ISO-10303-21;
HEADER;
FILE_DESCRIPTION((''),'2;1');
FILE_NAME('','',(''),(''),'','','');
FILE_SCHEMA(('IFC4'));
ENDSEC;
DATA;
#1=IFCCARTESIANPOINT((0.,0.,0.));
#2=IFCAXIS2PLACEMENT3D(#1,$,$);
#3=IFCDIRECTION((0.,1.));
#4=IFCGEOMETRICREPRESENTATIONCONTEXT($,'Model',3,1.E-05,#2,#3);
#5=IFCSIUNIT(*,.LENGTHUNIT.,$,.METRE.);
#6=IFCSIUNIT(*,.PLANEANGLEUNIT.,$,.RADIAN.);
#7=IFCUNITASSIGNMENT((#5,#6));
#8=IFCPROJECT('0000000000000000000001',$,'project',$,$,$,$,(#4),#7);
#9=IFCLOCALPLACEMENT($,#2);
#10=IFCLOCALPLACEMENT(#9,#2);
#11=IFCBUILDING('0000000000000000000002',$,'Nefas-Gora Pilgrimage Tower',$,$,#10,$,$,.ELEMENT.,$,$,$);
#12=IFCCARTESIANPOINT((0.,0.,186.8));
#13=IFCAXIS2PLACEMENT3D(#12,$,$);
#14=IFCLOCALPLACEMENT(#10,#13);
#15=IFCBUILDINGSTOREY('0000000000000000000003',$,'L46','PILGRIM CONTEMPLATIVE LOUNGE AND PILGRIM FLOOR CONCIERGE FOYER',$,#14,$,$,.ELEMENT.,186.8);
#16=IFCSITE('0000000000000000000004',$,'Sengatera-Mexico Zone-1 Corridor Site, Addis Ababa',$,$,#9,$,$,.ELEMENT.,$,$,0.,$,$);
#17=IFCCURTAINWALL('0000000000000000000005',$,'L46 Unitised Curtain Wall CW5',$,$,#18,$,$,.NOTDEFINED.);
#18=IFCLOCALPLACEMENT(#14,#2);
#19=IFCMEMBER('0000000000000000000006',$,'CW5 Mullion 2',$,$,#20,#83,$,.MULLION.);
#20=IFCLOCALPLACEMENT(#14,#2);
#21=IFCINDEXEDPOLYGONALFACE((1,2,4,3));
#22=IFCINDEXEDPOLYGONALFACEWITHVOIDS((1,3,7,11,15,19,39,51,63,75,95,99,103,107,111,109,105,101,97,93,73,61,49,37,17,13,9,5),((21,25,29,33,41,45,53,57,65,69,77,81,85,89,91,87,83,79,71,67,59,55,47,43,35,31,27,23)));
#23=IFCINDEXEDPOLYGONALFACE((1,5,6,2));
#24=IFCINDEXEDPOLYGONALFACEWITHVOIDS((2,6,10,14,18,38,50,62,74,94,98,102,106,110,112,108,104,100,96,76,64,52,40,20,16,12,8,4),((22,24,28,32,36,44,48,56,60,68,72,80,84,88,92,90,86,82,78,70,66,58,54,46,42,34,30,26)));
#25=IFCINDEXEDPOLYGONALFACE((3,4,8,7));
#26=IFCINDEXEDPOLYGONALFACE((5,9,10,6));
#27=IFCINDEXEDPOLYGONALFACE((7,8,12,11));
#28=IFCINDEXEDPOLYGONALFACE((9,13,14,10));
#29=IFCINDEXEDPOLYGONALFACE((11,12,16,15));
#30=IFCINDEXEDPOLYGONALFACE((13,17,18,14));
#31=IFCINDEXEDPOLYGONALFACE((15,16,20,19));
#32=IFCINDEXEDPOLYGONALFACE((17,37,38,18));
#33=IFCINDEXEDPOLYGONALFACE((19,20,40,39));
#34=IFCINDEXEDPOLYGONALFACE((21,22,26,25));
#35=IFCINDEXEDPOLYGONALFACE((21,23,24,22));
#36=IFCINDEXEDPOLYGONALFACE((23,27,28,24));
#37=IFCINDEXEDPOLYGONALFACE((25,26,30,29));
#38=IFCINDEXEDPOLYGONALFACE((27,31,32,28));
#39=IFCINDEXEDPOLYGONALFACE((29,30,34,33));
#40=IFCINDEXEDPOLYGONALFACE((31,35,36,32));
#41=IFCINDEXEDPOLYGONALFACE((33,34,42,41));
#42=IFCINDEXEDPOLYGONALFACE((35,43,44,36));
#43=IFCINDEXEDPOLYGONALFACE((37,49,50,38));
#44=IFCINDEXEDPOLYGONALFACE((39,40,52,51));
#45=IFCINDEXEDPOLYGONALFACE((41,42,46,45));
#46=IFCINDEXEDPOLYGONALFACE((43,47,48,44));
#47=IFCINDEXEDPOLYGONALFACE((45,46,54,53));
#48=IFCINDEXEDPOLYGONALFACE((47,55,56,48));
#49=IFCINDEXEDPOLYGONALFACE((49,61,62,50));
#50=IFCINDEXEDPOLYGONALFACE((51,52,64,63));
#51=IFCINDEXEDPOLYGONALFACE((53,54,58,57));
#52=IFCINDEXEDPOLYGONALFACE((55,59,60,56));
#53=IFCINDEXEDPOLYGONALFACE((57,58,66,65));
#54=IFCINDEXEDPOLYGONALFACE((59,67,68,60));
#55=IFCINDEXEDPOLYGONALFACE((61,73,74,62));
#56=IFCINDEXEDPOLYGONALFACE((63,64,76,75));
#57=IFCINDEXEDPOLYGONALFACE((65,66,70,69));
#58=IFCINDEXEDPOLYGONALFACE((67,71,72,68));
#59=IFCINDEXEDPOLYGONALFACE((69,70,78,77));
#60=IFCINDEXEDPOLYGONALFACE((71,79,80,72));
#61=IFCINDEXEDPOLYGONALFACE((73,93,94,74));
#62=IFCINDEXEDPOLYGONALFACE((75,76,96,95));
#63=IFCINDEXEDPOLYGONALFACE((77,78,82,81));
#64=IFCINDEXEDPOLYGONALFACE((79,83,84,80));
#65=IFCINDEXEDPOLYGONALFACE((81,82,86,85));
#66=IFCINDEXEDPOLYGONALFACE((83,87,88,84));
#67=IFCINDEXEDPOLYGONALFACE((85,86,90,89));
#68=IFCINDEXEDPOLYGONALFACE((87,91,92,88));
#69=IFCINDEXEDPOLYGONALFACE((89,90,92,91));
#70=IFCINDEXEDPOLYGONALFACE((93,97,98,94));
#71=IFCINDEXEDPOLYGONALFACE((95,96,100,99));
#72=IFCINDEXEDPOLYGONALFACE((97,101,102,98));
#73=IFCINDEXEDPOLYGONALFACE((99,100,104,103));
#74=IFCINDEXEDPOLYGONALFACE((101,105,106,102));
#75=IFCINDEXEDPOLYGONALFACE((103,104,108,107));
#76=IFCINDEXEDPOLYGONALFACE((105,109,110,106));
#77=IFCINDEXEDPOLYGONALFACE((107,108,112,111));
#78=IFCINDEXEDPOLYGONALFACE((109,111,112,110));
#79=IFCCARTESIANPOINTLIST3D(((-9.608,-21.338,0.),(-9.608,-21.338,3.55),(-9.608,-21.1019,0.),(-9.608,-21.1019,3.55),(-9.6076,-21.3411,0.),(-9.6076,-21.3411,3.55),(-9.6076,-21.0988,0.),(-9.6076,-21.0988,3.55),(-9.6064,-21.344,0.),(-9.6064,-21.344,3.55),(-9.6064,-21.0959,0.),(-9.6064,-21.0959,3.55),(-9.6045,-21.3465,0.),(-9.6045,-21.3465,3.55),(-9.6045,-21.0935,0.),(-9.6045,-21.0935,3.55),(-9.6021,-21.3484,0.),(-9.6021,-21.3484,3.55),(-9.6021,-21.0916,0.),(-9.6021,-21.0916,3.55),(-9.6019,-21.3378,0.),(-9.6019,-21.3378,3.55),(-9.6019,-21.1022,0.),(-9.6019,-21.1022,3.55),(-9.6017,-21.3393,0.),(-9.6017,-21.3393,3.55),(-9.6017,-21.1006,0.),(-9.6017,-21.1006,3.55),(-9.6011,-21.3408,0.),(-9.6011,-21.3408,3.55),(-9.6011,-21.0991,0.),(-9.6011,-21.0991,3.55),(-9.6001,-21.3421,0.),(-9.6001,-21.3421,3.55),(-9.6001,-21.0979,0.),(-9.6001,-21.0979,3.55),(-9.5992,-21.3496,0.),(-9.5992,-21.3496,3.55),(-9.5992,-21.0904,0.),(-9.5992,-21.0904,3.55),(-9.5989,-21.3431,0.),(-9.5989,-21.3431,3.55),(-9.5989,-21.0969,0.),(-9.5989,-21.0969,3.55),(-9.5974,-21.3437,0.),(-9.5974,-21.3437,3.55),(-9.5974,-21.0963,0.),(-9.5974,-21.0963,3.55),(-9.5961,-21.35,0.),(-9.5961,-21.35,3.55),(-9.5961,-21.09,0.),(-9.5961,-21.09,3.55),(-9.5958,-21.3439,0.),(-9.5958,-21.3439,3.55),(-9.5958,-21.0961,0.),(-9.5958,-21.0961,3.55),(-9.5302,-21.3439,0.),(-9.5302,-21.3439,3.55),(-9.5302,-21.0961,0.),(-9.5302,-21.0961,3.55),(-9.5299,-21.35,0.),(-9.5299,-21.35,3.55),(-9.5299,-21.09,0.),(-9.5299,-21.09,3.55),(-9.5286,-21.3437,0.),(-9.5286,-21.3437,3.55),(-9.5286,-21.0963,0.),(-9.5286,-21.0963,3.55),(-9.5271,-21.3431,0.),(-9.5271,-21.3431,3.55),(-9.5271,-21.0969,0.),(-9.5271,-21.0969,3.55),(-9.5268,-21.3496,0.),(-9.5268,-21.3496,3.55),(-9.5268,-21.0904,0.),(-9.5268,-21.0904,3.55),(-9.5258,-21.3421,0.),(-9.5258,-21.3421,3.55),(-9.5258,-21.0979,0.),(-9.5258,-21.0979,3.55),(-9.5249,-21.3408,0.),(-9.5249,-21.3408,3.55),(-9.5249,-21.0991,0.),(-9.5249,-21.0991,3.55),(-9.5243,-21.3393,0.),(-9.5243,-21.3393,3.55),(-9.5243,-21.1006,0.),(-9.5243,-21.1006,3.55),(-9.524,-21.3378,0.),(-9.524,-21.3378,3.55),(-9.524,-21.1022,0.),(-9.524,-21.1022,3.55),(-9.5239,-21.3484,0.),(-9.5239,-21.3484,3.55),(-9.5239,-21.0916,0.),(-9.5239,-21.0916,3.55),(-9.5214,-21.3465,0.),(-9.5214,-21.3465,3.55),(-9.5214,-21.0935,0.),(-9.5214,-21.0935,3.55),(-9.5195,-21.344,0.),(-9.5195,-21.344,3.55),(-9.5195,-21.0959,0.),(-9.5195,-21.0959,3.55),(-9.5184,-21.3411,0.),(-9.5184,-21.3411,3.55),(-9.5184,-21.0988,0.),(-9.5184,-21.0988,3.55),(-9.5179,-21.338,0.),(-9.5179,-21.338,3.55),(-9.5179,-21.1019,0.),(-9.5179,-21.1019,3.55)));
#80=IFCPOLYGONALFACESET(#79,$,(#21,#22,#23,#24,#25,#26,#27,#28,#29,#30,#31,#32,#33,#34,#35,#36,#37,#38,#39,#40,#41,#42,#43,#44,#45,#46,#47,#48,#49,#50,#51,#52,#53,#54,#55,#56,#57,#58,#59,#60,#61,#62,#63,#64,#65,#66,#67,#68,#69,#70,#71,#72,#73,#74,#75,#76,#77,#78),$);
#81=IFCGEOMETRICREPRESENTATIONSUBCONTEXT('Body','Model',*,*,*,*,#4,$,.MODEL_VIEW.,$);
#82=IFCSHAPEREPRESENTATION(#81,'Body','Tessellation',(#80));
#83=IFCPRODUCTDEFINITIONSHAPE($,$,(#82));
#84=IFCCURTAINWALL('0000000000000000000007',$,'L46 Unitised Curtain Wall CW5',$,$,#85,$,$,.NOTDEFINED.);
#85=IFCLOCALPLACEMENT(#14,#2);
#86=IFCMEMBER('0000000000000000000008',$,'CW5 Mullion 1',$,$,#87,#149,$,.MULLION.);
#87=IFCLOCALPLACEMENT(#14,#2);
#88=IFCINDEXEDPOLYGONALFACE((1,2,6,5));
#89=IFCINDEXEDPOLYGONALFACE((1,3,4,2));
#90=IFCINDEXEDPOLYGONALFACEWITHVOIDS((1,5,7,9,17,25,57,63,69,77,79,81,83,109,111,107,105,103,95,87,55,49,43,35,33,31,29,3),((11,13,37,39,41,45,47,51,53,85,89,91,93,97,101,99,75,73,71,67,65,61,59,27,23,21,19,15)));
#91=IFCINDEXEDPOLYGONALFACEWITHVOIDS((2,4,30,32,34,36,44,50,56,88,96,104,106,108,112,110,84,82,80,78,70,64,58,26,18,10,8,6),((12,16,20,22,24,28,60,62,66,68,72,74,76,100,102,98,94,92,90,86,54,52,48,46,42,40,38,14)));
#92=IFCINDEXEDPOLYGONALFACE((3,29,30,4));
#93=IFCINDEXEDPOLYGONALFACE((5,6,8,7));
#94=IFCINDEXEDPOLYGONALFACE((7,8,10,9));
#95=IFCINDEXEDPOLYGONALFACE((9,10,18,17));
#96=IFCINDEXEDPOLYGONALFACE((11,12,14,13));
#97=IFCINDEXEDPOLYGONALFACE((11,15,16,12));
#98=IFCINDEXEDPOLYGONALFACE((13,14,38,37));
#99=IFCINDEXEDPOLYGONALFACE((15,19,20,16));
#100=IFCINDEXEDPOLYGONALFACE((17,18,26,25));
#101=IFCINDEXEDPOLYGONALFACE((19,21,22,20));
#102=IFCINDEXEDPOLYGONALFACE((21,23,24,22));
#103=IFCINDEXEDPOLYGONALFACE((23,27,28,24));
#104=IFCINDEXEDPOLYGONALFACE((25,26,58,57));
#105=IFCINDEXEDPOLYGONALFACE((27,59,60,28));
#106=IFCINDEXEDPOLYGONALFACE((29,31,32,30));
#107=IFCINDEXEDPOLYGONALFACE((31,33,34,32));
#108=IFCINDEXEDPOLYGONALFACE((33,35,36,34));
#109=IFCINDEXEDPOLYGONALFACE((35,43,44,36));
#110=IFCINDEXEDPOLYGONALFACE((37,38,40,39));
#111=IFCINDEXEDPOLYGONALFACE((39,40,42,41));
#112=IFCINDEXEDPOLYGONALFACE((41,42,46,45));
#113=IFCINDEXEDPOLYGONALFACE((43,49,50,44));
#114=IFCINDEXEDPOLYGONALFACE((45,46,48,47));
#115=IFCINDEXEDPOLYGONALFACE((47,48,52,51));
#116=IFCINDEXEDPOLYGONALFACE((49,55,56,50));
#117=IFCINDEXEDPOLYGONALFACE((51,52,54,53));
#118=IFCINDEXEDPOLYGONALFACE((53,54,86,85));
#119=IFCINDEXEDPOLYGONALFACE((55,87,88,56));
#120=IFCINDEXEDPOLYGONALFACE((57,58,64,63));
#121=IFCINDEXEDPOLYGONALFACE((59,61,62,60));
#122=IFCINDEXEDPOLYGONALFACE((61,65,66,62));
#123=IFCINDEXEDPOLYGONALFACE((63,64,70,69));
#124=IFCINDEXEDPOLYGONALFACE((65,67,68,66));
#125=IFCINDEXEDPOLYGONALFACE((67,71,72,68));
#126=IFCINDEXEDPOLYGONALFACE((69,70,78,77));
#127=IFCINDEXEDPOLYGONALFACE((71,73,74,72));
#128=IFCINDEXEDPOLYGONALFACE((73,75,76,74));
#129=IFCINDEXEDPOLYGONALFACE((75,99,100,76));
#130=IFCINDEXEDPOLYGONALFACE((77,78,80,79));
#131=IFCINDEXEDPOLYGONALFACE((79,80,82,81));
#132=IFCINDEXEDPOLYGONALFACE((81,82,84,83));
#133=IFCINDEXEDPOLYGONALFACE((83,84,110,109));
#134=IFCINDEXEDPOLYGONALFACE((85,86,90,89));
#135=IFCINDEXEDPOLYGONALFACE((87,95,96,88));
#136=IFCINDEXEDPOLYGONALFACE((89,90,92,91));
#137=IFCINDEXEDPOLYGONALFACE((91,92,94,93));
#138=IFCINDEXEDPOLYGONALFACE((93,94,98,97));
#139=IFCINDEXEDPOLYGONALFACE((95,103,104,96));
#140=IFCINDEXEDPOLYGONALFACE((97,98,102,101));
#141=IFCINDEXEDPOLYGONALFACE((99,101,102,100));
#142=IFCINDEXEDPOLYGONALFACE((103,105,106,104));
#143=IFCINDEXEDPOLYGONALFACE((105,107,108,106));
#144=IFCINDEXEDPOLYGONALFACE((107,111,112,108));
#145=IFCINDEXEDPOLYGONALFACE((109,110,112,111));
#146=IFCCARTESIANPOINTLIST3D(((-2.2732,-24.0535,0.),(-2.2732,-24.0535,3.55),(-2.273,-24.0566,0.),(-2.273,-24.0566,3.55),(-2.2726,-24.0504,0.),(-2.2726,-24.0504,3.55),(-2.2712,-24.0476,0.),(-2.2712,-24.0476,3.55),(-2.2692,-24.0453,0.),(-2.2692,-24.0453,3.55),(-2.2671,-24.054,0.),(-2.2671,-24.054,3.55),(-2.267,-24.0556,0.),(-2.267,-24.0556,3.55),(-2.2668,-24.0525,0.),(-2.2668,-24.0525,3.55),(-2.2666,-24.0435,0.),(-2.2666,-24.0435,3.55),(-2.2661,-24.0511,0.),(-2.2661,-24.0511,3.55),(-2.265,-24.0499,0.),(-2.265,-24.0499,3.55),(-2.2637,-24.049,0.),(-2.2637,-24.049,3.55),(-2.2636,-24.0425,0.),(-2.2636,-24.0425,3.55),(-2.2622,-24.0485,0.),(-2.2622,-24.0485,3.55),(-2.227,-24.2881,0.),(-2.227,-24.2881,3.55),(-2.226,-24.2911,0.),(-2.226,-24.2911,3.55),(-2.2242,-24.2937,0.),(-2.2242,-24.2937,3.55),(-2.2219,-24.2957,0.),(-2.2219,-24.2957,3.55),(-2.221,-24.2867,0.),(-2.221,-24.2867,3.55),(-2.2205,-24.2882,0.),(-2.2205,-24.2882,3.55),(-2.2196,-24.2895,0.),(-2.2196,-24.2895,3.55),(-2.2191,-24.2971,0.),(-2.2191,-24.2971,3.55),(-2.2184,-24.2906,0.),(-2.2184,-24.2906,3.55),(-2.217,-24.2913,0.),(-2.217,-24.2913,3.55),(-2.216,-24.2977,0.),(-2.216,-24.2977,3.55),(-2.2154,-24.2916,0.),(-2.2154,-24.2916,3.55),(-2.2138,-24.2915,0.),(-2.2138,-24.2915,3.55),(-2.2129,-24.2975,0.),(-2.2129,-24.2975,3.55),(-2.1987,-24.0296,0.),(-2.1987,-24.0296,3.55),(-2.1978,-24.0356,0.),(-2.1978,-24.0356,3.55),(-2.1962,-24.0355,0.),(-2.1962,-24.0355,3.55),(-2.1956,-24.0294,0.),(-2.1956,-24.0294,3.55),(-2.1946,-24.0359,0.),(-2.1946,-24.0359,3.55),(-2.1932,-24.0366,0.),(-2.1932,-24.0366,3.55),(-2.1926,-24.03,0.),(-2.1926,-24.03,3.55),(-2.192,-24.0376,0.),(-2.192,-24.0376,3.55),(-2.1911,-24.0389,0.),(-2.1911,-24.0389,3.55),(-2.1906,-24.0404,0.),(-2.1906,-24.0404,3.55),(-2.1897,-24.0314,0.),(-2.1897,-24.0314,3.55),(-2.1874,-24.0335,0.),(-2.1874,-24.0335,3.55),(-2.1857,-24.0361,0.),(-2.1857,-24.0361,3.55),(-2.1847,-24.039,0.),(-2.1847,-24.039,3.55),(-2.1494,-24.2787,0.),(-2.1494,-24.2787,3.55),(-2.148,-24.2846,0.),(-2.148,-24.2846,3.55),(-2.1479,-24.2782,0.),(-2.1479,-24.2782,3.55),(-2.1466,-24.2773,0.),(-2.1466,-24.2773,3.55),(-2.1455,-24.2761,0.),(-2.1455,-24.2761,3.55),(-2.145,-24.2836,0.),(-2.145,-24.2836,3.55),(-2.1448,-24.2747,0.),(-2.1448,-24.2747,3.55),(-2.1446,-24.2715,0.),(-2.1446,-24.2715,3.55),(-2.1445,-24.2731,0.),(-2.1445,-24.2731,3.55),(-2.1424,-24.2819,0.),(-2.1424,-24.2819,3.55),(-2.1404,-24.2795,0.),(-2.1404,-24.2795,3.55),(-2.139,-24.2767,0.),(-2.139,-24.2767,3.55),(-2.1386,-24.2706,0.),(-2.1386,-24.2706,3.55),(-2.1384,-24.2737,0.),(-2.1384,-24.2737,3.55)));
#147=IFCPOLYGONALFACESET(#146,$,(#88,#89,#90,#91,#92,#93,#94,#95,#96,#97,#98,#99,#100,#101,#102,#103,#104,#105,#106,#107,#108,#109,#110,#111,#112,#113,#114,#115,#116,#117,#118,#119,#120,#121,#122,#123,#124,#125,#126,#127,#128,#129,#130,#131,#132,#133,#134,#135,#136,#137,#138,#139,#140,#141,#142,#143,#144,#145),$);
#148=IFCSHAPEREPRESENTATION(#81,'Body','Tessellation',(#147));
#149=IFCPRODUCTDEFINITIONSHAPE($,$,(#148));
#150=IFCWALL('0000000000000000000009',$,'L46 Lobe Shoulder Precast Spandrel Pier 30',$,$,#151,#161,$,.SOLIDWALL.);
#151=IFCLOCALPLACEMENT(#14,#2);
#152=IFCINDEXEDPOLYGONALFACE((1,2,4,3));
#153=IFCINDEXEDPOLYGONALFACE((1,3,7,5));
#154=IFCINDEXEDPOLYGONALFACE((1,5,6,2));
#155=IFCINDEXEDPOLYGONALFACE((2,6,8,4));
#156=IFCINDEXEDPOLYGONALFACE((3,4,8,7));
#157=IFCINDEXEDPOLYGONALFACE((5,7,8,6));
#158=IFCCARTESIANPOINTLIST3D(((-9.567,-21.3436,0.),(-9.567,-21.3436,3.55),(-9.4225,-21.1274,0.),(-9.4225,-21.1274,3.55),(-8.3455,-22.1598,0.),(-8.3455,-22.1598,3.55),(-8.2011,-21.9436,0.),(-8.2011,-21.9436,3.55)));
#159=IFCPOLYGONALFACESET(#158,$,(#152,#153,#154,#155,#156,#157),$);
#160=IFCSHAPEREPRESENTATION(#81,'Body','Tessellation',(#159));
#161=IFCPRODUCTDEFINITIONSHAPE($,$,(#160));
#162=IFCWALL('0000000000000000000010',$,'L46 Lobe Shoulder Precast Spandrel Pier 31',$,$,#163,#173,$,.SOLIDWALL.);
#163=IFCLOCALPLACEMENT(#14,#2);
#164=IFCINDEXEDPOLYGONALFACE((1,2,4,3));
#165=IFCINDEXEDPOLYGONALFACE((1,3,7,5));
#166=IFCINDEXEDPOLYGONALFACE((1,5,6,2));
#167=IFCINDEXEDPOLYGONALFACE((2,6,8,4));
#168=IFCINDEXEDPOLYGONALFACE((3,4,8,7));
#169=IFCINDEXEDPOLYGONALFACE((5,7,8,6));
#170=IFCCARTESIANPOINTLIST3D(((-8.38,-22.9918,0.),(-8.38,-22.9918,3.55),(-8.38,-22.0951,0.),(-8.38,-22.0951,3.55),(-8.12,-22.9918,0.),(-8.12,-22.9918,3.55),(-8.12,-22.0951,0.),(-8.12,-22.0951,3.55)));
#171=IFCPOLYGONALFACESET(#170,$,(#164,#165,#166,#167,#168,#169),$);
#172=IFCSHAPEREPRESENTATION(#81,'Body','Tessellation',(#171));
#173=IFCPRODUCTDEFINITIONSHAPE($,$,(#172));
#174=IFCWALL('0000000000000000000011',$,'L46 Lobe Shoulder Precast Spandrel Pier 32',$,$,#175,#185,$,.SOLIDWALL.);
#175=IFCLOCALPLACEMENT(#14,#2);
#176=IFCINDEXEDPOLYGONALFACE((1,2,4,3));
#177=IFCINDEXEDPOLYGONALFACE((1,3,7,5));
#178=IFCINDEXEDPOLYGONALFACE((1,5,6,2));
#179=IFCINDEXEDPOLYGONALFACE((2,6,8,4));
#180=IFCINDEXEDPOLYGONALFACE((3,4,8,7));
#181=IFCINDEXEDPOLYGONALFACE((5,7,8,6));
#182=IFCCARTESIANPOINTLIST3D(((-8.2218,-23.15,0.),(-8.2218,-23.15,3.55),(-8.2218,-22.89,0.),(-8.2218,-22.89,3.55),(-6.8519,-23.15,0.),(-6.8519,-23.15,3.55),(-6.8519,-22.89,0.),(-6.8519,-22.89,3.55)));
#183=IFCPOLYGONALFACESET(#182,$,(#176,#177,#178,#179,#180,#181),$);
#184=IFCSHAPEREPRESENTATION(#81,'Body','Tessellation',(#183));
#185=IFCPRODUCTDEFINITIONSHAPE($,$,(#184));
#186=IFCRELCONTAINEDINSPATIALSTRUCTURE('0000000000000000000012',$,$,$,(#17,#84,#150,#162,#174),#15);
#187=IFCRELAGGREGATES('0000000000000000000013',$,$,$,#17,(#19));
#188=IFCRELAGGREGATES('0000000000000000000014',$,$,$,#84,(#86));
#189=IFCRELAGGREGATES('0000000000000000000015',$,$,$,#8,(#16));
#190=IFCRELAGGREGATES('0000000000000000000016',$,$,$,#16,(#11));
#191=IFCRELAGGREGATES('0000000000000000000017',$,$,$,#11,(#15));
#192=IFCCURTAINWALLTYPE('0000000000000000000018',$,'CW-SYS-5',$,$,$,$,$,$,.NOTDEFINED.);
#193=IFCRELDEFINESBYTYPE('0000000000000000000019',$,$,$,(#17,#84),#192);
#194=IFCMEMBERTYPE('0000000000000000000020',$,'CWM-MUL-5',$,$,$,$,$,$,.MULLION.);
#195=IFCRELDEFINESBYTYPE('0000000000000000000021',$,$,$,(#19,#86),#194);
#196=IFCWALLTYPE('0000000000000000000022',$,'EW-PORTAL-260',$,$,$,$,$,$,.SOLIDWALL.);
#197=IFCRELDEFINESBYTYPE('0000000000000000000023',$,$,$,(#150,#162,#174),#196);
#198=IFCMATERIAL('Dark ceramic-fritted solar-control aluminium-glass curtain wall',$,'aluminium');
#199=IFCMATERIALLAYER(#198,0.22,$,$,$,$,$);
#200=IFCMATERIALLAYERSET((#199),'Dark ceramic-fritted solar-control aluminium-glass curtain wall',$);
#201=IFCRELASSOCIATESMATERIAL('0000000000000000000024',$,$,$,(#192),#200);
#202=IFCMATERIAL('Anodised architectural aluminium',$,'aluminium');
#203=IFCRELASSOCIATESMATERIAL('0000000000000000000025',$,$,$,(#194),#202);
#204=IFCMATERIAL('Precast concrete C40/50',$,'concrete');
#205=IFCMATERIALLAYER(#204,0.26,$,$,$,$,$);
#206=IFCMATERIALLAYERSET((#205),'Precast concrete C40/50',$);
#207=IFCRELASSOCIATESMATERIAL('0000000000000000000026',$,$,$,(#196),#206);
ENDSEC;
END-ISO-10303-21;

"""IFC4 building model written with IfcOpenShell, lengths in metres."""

from ifc_helpers import new_model, si_unit, direction, frame, frame_2d, origin, origin_2d, place, context, subcontext, project, spatial, rectangle, hollow_rectangle, extrude, source, transform, mapped, material, layer, layer_set, material_profile, profile_set, type_object, element, aggregate, save


model = new_model("IFC4")

# Units and contexts
model_context = context("Model", 3, precision=1e-05, world=origin(), true_north=direction((0.0, 1.0)))
body_context = subcontext(model_context, "Body", "Model", "MODEL_VIEW")
ifc_project = project(units=[si_unit("LENGTHUNIT", "METRE"), si_unit("PLANEANGLEUNIT", "RADIAN")], contexts=[model_context])

# Site, building, storey
site_placement = place(None, origin())
site = spatial("IfcSite", under=ifc_project, at=site_placement, Name="Sengatera-Mexico Zone-1 Corridor Site, Addis Ababa", CompositionType="ELEMENT", RefElevation=0.0)
building_placement = place(site_placement, origin())
building = spatial("IfcBuilding", under=site, at=building_placement, Name="Nefas-Gora Pilgrimage Tower", CompositionType="ELEMENT")
storey_placement = place(building_placement, frame((0.0, 0.0, 186.8)))
storey = spatial("IfcBuildingStorey", under=building, at=storey_placement, Name="L46", Description="PILGRIM CONTEMPLATIVE LOUNGE AND PILGRIM FLOOR CONCIERGE FOYER", CompositionType="ELEMENT", Elevation=186.8)

# Curtain walls, members
ifc_material_1 = material(Name="Dark ceramic-fritted solar-control aluminium-glass curtain wall", Category="aluminium")
ifc_layer_1 = layer(ifc_material_1, 0.22)
ifc_layer_set_1 = layer_set([ifc_layer_1], Name="Dark ceramic-fritted solar-control aluminium-glass curtain wall")
curtain_wall_type = type_object("IfcCurtainWallType", Name="CW-SYS-5", PredefinedType="NOTDEFINED", material=ifc_layer_set_1)
curtain_wall_1_placement = place(storey_placement, origin())
curtain_wall_1 = element("IfcCurtainWall", 1, at=curtain_wall_1_placement, inside=storey, type_object=curtain_wall_type, Name="L46 Unitised Curtain Wall CW5", PredefinedType="NOTDEFINED")
ifc_material_2 = material(Name="Anodised architectural aluminium", Category="aluminium")
ifc_material_profile_1 = material_profile(ifc_material_2, hollow_rectangle(XDim=0.0901, YDim=0.26, WallThickness=0.0061, InnerFilletRadius=0.0061, OuterFilletRadius=0.012, at=origin_2d()), Name="ALU MULLION 90x260")
ifc_profile_set_1 = profile_set([ifc_material_profile_1], Name="Anodised architectural aluminium")
member_type = type_object("IfcMemberType", Name="CWM-MUL-5", PredefinedType="MULLION", material=ifc_profile_set_1)
shared_shape_1 = source(origin(), body_context, "Body", "SweptSolid", [
    extrude(hollow_rectangle(XDim=0.0901, YDim=0.26, WallThickness=0.0061, InnerFilletRadius=0.0061, OuterFilletRadius=0.012, at=origin_2d()), origin(), (0.0, 0.0, 1.0), 3.55),
])
member_1_placement = place(storey_placement, frame((-9.563, -21.22, 0.0), z_axis=(0.0, 0.0, 1.0), x_axis=(1.0, 0.0, 0.0)))
member_1 = element("IfcMember", 2, at=member_1_placement, type_object=member_type, Name="CW5 Mullion 2", PredefinedType="MULLION", context=body_context, shape_type="MappedRepresentation", body=[
    mapped(shared_shape_1, transform((0.0, 0.0, 0.0), x_axis=(1.0, 0.0, 0.0), y_axis=(0.0, 1.0, 0.0), z_axis=(0.0, 0.0, 1.0), scale=1.0)),
])
aggregate(curtain_wall_1, [member_1])
curtain_wall_2_placement = place(storey_placement, origin())
curtain_wall_2 = element("IfcCurtainWall", 3, at=curtain_wall_2_placement, inside=storey, type_object=curtain_wall_type, Name="L46 Unitised Curtain Wall CW5", PredefinedType="NOTDEFINED")
member_2_placement = place(storey_placement, frame((-2.2058, -24.1636, 0.0), z_axis=(0.0, 0.0, 1.0), x_axis=(0.980783, 0.195102, 0.0)))
member_2 = element("IfcMember", 4, at=member_2_placement, type_object=member_type, Name="CW5 Mullion 1", PredefinedType="MULLION", context=body_context, shape_type="MappedRepresentation", body=[
    mapped(shared_shape_1, transform((0.0, 0.0, 0.0), x_axis=(1.0, 0.0, 0.0), y_axis=(0.0, 1.0, 0.0), z_axis=(0.0, 0.0, 1.0), scale=1.0)),
])
aggregate(curtain_wall_2, [member_2])

# Walls
ifc_material_3 = material(Name="Precast concrete C40/50", Category="concrete")
ifc_layer_2 = layer(ifc_material_3, 0.26)
ifc_layer_set_2 = layer_set([ifc_layer_2], Name="Precast concrete C40/50")
wall_type_1 = type_object("IfcWallType", Name="EW-PORTAL-260", PredefinedType="SOLIDWALL", material=ifc_layer_set_2)
shared_shape_2 = source(origin(), body_context, "Body", "SweptSolid", [
    extrude(rectangle(XDim=1.469, YDim=0.26, at=frame_2d((0.7344, 0.0))), origin(), (0.0, 0.0, 1.0), 3.55),
])
wall_1_placement = place(storey_placement, frame((-9.4946, -21.2356, 0.0), z_axis=(0.0, 0.0, 1.0), x_axis=(0.831462, -0.555582, 0.0)))
element("IfcWall", 5, at=wall_1_placement, inside=storey, type_object=wall_type_1, Name="L46 Lobe Shoulder Precast Spandrel Pier 30", PredefinedType="SOLIDWALL", context=body_context, shape_type="MappedRepresentation", body=[
    mapped(shared_shape_2, transform((0.0, 0.0, 0.0), x_axis=(1.0, 0.0, 0.0), y_axis=(0.0, 1.0, 0.0), z_axis=(0.0, 0.0, 1.0), scale=1.0)),
])
shared_shape_3 = source(origin(), body_context, "Body", "SweptSolid", [
    extrude(rectangle(XDim=0.8967, YDim=0.26, at=frame_2d((0.4482, 0.0))), origin(), (0.0, 0.0, 1.0), 3.55),
])
wall_2_placement = place(storey_placement, frame((-8.25, -22.0952, 0.0), z_axis=(0.0, 0.0, 1.0), x_axis=(0.0, -1.0, 0.0)))
element("IfcWall", 6, at=wall_2_placement, inside=storey, type_object=wall_type_1, Name="L46 Lobe Shoulder Precast Spandrel Pier 31", PredefinedType="SOLIDWALL", context=body_context, shape_type="MappedRepresentation", body=[
    mapped(shared_shape_3, transform((0.0, 0.0, 0.0), x_axis=(1.0, 0.0, 0.0), y_axis=(0.0, 1.0, 0.0), z_axis=(0.0, 0.0, 1.0), scale=1.0)),
])
shared_shape_4 = source(origin(), body_context, "Body", "SweptSolid", [
    extrude(rectangle(XDim=1.3699, YDim=0.26, at=frame_2d((0.6851, 0.0))), origin(), (0.0, 0.0, 1.0), 3.55),
])
wall_3_placement = place(storey_placement, frame((-8.2219, -23.02, 0.0), z_axis=(0.0, 0.0, 1.0), x_axis=(1.0, 0.0, 0.0)))
element("IfcWall", 7, at=wall_3_placement, inside=storey, type_object=wall_type_1, Name="L46 Lobe Shoulder Precast Spandrel Pier 32", PredefinedType="SOLIDWALL", context=body_context, shape_type="MappedRepresentation", body=[
    mapped(shared_shape_4, transform((0.0, 0.0, 0.0), x_axis=(1.0, 0.0, 0.0), y_axis=(0.0, 1.0, 0.0), z_axis=(0.0, 0.0, 1.0), scale=1.0)),
])

save(model, "model.ifc")
